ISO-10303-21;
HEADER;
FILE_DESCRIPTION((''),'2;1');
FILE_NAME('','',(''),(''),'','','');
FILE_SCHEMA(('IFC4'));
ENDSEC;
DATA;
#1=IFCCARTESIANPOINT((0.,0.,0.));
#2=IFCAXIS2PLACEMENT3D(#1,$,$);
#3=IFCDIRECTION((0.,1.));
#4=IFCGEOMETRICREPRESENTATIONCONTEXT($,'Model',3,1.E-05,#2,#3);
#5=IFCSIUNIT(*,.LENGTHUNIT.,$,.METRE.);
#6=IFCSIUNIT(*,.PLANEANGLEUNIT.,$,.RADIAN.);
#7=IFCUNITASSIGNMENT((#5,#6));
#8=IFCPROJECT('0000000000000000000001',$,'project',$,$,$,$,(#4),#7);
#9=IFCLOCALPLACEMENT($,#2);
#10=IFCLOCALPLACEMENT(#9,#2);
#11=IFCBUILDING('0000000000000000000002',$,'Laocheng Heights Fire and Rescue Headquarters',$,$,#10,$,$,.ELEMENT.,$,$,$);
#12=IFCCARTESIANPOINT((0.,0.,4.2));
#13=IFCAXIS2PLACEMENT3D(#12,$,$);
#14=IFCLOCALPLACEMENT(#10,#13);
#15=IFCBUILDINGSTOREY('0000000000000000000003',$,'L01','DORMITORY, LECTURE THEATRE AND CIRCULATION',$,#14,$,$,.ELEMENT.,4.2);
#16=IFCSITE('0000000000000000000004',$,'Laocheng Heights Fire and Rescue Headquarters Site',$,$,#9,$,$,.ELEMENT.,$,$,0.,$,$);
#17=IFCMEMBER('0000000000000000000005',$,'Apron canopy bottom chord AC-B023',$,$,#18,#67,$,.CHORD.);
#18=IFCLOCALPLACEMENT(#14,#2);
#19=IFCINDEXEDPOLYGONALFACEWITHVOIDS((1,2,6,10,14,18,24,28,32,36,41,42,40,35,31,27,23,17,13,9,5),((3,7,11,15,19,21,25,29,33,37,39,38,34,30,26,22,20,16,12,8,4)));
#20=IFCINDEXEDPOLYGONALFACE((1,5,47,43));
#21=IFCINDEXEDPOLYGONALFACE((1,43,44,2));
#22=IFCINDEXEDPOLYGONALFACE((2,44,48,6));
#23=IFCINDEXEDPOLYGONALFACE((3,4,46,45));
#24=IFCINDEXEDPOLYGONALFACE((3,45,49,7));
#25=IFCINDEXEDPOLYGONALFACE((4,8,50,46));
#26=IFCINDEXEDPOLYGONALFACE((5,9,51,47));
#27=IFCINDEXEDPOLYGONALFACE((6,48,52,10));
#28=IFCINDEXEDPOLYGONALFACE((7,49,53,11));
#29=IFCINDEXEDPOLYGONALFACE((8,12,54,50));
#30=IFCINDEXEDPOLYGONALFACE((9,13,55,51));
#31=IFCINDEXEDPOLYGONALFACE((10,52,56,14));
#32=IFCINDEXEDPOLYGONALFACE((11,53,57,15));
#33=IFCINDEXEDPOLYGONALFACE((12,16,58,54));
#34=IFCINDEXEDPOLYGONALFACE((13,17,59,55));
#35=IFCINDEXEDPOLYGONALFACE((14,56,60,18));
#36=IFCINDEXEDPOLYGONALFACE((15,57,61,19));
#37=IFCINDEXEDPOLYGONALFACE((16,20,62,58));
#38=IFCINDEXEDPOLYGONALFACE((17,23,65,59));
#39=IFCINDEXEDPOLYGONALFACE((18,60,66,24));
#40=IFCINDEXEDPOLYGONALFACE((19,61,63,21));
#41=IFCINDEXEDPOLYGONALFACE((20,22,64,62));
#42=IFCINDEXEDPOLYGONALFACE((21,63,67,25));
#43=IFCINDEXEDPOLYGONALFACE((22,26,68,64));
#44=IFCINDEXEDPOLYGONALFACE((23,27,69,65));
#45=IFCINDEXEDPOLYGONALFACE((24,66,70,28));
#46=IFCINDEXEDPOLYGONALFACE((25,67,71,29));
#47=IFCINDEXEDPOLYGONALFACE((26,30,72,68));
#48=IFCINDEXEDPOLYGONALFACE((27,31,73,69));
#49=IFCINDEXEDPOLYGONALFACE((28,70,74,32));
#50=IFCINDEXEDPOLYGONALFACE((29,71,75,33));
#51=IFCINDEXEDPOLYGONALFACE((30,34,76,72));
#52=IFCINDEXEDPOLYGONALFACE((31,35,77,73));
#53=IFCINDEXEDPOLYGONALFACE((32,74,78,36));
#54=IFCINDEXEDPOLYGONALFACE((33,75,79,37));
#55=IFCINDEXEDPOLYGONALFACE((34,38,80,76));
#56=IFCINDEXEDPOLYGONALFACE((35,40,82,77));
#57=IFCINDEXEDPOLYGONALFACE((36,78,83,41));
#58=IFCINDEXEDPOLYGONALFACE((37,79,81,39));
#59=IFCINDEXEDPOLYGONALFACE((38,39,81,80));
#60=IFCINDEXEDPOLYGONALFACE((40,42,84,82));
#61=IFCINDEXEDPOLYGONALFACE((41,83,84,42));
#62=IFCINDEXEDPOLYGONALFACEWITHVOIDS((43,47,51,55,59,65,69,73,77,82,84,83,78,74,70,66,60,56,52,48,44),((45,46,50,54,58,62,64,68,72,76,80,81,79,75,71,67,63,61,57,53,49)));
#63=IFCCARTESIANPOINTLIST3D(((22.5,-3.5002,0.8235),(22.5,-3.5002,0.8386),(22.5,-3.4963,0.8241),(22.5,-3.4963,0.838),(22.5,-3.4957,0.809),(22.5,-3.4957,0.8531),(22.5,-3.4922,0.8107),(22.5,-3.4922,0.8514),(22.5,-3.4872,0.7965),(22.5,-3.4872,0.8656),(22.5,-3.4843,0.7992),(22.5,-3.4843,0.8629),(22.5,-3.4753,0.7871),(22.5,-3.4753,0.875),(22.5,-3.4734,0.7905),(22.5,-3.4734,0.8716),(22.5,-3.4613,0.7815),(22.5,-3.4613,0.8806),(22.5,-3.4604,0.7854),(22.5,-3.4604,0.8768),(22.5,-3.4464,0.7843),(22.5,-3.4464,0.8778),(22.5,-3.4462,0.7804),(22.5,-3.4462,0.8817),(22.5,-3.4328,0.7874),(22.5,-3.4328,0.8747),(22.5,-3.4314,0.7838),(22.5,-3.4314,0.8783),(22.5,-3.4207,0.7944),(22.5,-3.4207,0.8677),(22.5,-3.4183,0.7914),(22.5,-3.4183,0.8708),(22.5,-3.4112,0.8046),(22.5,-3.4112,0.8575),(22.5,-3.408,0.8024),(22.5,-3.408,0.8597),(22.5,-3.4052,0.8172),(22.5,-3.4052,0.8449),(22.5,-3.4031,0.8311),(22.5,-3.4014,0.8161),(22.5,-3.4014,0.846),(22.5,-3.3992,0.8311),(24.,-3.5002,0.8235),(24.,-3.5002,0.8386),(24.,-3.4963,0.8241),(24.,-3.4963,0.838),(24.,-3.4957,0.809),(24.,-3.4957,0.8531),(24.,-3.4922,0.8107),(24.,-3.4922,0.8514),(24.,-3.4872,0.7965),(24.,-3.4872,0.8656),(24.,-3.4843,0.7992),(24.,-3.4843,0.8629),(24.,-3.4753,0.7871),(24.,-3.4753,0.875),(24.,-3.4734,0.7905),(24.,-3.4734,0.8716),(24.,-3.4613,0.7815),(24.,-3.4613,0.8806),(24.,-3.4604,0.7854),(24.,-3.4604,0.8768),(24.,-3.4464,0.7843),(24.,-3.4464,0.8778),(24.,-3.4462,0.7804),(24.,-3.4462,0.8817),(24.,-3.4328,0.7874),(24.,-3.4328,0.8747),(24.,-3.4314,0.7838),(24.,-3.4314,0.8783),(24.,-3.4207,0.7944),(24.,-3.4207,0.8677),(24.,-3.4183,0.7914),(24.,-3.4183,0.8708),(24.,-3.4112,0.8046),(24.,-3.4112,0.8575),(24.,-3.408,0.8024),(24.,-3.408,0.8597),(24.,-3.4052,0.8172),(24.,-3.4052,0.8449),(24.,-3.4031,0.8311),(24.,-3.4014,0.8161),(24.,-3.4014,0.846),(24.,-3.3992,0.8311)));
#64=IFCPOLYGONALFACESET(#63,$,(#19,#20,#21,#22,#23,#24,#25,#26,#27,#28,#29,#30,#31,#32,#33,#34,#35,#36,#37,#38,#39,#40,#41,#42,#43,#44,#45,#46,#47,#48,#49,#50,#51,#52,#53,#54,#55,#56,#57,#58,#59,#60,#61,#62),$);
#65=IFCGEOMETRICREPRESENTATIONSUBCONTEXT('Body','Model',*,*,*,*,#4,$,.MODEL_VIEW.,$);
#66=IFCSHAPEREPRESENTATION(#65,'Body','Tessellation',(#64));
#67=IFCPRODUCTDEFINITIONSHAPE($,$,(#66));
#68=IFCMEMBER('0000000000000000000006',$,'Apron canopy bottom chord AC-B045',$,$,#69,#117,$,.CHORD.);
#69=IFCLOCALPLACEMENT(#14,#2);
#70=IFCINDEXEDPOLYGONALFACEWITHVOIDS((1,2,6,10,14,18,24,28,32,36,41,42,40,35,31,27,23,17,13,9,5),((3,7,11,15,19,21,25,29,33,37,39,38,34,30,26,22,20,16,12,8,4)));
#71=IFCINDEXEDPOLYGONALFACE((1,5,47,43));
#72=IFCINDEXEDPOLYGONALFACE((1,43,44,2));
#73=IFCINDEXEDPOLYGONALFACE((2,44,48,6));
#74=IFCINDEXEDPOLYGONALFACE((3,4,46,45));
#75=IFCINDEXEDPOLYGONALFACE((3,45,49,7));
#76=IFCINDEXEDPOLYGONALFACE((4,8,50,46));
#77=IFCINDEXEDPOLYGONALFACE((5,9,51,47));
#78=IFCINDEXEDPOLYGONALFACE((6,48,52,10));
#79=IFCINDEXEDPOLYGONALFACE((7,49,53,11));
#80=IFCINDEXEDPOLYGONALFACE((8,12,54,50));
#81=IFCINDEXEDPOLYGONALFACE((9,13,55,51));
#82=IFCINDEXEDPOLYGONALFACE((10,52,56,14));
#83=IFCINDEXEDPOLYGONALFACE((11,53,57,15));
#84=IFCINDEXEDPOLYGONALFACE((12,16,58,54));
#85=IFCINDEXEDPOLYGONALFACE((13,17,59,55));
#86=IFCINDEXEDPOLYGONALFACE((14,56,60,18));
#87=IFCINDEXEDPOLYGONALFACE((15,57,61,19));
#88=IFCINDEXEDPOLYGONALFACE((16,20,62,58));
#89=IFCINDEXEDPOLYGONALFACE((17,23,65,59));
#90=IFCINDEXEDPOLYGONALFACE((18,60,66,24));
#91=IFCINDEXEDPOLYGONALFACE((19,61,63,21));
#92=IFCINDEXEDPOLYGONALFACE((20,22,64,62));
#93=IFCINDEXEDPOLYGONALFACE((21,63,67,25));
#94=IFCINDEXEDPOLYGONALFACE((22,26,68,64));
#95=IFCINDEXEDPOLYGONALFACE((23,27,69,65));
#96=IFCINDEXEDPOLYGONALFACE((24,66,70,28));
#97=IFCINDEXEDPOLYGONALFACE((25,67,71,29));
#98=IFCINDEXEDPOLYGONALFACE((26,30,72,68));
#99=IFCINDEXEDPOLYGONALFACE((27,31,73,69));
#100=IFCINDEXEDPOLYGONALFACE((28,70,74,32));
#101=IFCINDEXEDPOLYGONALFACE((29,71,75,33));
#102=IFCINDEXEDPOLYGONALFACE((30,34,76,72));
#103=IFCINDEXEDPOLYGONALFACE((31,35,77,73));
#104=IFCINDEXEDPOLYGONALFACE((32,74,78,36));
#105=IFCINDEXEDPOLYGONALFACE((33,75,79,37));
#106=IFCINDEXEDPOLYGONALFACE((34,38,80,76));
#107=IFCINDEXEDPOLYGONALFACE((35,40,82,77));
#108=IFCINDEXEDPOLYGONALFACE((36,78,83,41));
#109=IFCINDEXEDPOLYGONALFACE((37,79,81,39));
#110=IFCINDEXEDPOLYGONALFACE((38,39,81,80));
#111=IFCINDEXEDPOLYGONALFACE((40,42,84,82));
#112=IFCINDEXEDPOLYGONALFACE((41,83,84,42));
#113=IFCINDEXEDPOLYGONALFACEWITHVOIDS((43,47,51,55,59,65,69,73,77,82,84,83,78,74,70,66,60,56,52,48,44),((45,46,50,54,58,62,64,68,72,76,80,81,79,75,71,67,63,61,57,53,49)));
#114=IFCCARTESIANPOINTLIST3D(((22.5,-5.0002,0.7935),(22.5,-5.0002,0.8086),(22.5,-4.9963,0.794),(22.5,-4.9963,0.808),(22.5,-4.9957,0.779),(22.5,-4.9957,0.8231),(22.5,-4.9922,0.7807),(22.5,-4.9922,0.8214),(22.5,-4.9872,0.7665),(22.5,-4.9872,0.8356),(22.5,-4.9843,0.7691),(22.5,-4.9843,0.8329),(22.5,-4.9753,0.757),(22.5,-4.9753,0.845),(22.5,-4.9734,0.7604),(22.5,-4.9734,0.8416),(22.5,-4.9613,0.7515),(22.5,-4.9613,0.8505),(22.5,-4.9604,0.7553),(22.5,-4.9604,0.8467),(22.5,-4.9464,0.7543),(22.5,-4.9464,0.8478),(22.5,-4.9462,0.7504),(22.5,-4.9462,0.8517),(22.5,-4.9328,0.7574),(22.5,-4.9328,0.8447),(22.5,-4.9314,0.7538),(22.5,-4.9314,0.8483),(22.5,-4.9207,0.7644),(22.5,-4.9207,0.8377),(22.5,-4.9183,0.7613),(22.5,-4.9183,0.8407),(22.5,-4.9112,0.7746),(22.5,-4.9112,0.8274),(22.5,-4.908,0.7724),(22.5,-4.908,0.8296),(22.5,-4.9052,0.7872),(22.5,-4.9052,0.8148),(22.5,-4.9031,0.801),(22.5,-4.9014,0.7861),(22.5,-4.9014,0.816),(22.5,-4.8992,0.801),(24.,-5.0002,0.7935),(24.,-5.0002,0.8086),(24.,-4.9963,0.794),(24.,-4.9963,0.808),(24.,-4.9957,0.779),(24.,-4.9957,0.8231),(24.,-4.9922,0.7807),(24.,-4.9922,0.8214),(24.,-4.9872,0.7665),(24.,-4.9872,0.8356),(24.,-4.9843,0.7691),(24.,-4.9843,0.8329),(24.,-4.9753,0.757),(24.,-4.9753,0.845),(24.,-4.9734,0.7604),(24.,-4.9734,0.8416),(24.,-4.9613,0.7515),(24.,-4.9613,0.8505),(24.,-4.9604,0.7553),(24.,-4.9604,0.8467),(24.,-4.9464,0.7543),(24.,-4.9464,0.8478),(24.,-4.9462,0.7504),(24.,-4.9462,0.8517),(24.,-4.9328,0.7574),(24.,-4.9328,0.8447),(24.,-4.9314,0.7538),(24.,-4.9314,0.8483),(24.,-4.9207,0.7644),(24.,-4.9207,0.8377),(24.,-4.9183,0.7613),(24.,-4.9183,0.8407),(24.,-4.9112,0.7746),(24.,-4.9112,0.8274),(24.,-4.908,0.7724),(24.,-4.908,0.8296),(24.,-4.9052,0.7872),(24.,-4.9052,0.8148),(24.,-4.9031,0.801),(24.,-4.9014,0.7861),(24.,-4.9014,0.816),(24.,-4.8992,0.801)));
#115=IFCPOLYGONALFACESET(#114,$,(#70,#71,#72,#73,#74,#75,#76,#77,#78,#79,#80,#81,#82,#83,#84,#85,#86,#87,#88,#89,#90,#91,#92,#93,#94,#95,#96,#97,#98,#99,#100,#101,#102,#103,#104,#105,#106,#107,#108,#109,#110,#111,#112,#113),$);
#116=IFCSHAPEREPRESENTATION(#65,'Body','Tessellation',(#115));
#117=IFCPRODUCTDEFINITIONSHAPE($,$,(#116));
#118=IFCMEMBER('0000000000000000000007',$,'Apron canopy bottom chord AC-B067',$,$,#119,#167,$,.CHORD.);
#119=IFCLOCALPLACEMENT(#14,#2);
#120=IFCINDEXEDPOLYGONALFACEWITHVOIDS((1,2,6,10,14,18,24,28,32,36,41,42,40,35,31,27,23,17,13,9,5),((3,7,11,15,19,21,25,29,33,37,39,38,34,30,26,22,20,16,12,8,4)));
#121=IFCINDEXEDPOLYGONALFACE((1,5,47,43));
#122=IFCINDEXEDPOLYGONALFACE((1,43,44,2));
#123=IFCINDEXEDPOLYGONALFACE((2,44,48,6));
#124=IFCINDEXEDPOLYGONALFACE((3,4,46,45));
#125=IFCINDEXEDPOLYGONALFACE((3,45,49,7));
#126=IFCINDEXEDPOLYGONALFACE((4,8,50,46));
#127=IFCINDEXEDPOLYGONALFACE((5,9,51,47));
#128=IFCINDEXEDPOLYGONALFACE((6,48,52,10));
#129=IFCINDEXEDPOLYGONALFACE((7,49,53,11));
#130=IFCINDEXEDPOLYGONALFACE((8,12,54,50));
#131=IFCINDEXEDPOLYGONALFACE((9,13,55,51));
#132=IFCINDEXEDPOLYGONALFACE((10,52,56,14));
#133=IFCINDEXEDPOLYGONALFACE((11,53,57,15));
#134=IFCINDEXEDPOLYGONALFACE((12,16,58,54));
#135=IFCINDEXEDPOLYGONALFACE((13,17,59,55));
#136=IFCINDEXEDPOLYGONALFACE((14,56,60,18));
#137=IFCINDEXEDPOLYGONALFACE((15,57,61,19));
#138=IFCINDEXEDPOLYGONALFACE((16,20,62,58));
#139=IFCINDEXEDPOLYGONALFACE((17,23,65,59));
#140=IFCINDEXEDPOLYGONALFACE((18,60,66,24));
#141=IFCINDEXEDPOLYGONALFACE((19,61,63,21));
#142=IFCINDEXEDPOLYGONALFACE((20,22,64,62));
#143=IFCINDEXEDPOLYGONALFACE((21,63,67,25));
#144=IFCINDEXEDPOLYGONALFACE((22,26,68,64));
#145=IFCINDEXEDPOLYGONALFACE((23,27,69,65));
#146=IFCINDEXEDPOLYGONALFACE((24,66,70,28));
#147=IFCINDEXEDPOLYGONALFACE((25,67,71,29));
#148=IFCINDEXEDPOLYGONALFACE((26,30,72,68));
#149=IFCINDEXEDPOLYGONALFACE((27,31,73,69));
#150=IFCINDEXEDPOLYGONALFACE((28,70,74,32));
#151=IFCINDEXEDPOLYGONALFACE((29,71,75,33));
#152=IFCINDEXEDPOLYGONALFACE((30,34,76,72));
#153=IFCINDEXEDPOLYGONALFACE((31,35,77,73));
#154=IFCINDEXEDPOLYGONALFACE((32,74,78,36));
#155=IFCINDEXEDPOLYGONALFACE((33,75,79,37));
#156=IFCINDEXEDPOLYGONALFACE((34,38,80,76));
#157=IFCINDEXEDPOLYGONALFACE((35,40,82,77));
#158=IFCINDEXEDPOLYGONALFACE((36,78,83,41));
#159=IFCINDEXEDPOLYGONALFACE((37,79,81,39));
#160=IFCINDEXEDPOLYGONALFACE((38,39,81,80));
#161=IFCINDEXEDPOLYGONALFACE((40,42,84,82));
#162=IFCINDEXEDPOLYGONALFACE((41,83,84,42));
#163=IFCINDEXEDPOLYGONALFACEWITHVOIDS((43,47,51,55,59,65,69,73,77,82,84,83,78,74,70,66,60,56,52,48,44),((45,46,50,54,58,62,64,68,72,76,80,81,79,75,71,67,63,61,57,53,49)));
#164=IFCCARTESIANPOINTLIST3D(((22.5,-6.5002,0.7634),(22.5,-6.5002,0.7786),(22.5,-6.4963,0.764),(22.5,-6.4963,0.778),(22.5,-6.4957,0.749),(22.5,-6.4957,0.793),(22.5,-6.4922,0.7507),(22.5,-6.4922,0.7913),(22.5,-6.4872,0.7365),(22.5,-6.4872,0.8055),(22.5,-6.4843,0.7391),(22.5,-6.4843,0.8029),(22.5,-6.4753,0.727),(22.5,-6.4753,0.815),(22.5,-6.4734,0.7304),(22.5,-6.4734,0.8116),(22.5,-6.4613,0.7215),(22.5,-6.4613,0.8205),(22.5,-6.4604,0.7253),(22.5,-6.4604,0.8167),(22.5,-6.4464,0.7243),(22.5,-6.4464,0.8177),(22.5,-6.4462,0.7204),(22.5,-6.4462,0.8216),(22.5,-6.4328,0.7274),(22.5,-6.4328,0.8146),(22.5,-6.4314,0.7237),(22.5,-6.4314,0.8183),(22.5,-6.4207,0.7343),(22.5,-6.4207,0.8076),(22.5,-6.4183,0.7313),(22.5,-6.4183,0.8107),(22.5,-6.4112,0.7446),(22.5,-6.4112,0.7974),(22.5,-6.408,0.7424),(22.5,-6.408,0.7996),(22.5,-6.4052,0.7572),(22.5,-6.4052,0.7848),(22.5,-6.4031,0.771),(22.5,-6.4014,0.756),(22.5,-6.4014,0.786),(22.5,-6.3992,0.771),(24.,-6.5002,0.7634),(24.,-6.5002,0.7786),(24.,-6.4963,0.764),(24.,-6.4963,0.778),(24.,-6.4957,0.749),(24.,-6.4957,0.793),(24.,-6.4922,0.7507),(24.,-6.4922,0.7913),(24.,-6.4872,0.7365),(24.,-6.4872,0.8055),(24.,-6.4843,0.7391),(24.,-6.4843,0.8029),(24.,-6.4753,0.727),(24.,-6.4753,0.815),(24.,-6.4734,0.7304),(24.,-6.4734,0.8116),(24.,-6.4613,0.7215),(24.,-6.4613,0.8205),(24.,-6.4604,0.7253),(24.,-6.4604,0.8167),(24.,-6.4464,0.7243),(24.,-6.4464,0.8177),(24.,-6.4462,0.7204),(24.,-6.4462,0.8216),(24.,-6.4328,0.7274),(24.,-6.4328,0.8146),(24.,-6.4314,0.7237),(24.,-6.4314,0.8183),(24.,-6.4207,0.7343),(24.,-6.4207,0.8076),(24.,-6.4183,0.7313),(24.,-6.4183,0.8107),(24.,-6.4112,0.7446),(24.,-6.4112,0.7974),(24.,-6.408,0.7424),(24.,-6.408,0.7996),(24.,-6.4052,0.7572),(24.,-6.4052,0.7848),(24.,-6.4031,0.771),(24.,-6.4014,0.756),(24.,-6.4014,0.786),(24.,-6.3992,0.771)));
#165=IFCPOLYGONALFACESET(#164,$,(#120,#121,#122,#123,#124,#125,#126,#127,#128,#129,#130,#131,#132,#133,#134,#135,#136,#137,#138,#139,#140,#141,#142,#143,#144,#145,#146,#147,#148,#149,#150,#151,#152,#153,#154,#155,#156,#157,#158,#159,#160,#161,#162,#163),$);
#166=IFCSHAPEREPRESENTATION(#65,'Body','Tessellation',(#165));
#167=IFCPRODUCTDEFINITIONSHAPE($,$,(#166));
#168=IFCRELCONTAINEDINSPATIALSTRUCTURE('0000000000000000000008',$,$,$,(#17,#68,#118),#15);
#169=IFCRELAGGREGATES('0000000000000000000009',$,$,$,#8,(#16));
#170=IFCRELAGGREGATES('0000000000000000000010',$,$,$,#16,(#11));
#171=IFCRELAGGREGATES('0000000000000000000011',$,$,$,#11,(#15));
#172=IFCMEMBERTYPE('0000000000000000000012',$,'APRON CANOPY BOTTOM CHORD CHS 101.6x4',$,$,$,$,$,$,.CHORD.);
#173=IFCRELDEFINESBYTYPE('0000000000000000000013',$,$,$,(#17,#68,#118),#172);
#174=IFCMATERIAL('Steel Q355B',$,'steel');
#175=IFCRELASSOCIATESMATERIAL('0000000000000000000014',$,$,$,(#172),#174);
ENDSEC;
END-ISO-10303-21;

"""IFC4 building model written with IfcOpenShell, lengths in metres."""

from ifc_helpers import new_model, si_unit, direction, frame, origin, origin_2d, place, context, subcontext, project, spatial, hollow_circle, extrude, material, material_profile, profile_set, type_object, element, save


model = new_model("IFC4")

# Units and contexts
model_context = context("Model", 3, precision=1e-05, world=origin(), true_north=direction((0.0, 1.0)))
body_context = subcontext(model_context, "Body", "Model", "MODEL_VIEW")
ifc_project = project(units=[si_unit("LENGTHUNIT", "METRE"), si_unit("PLANEANGLEUNIT", "RADIAN")], contexts=[model_context])

# Site, building, storey
site_placement = place(None, origin())
site = spatial("IfcSite", under=ifc_project, at=site_placement, Name="Laocheng Heights Fire and Rescue Headquarters Site", CompositionType="ELEMENT", RefElevation=0.0)
building_placement = place(site_placement, origin())
building = spatial("IfcBuilding", under=site, at=building_placement, Name="Laocheng Heights Fire and Rescue Headquarters", CompositionType="ELEMENT")
storey_placement = place(building_placement, frame((0.0, 0.0, 4.2)))
storey = spatial("IfcBuildingStorey", under=building, at=storey_placement, Name="L01", Description="DORMITORY, LECTURE THEATRE AND CIRCULATION", CompositionType="ELEMENT", Elevation=4.2)

# Members
ifc_material_1 = material(Name="Steel Q355B", Category="steel")
ifc_material_profile_1 = material_profile(ifc_material_1, hollow_circle(Radius=0.0508, WallThickness=0.0039, at=origin_2d()), Name="CHS 101.6x4")
ifc_profile_set_1 = profile_set([ifc_material_profile_1], Name="Steel Q355B")
member_type_1 = type_object("IfcMemberType", Name="APRON CANOPY BOTTOM CHORD CHS 101.6x4", PredefinedType="CHORD", material=ifc_profile_set_1)
for number, where, z_axis, x_axis, name in (
    (1, (22.5, -3.45, 0.8311), (1.0, 0.0, 0.0), (0.0, 1.0, 0.0), "Apron canopy bottom chord AC-B023"),
    (2, (22.5, -4.95, 0.801), (1.0, 0.0, 0.0), (0.0, 1.0, 0.0), "Apron canopy bottom chord AC-B045"),
    (3, (22.5, -6.45, 0.771), (1.0, 0.0, 0.0), (0.0, 1.0, 0.0), "Apron canopy bottom chord AC-B067"),
):
    element("IfcMember", number, at=place(storey_placement, frame(where, z_axis=z_axis, x_axis=x_axis)), inside=storey, type_object=member_type_1, Name=name, PredefinedType="CHORD", context=body_context, shape_type="SweptSolid", body=[
        extrude(hollow_circle(Radius=0.0508, WallThickness=0.0039, at=origin_2d()), origin(), (0.0, 0.0, 1.0), 1.5),
    ])

save(model, "model.ifc")
